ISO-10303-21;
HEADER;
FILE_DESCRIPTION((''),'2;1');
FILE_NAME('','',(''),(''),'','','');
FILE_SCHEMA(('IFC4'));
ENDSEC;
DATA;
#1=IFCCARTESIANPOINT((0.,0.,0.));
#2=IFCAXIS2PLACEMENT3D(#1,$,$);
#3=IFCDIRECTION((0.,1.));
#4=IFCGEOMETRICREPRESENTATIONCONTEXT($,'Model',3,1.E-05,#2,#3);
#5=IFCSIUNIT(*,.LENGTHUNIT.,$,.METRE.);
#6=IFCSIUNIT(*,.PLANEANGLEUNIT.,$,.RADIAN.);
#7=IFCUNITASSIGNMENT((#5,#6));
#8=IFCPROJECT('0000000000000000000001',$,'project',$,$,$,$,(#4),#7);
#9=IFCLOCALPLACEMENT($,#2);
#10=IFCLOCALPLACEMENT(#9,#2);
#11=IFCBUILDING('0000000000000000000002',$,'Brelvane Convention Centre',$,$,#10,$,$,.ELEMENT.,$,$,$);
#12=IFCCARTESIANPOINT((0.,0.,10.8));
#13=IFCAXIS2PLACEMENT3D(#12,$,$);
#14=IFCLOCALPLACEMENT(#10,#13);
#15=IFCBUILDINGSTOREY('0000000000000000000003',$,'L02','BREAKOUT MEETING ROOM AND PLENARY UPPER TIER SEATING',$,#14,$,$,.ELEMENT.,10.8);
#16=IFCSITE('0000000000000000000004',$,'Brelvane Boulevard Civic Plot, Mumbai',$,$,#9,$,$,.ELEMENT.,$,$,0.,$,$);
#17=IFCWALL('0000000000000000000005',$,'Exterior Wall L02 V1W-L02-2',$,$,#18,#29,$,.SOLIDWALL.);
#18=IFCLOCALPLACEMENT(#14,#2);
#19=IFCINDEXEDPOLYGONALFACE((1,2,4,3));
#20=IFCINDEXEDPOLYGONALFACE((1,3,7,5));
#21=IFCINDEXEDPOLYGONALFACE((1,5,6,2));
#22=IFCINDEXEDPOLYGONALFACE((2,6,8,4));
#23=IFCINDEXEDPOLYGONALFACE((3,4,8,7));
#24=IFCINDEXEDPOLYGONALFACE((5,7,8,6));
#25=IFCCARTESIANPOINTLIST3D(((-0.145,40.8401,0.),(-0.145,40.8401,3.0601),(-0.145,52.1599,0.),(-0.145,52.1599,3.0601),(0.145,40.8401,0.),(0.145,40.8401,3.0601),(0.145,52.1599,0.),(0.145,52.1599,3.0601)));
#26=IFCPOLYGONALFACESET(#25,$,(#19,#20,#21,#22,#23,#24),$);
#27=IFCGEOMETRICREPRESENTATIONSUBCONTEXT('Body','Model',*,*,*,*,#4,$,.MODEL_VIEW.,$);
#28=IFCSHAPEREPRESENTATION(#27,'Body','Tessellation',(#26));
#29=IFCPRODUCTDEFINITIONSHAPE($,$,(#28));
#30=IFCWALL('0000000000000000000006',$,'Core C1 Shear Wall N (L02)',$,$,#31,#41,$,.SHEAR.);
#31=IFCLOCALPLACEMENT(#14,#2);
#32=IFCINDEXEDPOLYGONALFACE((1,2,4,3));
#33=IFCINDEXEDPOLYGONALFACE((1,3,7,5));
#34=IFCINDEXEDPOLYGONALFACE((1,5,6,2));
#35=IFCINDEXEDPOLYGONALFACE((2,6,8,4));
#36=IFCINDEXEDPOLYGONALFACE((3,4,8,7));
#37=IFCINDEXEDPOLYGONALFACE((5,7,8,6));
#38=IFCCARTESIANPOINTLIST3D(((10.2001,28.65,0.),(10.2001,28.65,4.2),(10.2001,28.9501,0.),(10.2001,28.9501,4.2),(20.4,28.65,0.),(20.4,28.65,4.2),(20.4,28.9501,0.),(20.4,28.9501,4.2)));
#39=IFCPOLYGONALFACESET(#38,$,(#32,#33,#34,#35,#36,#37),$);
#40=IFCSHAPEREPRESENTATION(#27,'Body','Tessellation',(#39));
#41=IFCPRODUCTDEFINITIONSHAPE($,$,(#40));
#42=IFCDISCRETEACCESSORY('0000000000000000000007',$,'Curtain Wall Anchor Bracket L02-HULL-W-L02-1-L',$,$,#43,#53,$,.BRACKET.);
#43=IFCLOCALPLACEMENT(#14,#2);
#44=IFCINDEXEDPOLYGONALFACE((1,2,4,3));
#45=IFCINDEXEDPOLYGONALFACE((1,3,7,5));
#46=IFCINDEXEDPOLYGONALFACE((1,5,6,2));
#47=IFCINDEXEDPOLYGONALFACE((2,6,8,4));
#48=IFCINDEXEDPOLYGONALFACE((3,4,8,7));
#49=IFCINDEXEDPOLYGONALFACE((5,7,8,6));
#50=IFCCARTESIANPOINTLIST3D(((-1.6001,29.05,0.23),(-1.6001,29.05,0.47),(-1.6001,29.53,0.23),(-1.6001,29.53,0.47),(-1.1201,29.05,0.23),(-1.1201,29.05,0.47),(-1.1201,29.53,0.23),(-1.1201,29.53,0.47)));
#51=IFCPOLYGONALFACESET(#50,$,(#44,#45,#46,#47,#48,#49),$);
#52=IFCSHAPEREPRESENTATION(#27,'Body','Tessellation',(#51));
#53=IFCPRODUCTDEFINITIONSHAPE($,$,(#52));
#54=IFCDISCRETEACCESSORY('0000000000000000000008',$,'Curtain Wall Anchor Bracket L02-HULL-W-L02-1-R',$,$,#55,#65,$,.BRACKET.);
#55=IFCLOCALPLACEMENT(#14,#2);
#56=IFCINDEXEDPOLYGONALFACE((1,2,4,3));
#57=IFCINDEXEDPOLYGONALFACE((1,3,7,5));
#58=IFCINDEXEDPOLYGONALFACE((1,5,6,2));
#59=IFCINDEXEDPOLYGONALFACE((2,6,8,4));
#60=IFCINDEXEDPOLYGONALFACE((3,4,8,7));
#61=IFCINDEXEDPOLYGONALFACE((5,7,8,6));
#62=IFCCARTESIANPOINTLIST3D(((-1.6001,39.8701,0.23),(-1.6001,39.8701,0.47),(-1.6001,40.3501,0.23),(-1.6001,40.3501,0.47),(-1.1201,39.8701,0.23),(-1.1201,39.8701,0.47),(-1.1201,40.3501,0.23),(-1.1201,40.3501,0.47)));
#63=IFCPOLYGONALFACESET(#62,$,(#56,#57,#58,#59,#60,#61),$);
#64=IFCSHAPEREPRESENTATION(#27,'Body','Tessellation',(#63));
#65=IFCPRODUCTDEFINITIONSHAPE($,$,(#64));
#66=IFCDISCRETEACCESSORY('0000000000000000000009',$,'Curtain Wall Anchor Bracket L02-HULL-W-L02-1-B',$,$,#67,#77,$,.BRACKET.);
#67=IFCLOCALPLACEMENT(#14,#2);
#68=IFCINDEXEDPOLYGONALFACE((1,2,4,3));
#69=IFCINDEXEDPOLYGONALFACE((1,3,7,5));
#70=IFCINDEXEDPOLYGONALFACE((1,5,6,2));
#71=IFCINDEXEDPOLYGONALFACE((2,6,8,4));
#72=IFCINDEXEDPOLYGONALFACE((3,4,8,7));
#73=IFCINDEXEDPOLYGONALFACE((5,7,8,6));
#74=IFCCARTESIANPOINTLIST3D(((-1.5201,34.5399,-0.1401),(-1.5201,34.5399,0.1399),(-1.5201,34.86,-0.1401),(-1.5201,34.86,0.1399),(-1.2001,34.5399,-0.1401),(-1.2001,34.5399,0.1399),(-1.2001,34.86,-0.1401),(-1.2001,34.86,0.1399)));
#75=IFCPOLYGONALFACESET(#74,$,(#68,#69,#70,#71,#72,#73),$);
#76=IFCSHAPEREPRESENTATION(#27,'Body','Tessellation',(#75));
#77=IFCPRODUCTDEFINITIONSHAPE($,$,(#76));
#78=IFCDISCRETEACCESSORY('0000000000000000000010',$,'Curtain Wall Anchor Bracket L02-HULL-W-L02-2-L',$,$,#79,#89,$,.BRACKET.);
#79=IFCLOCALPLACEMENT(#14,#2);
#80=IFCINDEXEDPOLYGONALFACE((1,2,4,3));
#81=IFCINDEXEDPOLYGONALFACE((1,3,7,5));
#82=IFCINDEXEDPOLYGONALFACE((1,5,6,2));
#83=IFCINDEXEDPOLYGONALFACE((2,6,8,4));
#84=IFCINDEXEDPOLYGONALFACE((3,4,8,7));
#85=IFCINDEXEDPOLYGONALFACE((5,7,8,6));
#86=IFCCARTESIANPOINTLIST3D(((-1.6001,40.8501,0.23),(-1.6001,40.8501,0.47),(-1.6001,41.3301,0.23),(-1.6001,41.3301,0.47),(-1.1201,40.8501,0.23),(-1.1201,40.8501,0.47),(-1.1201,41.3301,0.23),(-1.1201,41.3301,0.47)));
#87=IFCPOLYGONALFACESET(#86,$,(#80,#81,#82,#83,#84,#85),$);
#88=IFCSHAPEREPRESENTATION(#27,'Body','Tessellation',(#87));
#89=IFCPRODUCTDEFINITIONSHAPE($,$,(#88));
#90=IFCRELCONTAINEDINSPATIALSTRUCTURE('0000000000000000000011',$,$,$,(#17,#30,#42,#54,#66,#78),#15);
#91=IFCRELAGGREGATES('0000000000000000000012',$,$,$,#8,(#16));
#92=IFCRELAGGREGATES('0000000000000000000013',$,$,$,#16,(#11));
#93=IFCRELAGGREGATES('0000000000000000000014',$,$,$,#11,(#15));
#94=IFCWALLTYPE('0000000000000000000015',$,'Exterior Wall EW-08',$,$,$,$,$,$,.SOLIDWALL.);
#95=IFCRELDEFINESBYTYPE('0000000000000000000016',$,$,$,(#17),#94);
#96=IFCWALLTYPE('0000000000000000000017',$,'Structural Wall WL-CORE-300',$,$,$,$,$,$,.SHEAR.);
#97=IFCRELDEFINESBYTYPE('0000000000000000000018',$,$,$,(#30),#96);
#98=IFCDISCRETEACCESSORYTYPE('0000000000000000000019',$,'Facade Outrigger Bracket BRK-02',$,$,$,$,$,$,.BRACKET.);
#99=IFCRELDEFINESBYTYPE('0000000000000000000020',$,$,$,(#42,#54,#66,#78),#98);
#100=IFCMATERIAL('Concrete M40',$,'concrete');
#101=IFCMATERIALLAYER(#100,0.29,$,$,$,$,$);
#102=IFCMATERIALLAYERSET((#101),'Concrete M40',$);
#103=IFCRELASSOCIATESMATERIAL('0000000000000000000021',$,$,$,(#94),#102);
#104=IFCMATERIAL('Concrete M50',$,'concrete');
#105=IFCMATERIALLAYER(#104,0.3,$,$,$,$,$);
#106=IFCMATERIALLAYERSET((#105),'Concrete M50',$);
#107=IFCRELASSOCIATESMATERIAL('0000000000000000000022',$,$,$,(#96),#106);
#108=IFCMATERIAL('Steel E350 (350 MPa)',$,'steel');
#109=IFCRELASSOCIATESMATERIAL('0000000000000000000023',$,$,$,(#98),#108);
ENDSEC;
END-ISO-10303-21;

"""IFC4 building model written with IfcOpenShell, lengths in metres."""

from ifc_helpers import new_model, si_unit, direction, frame, frame_2d, origin, origin_2d, place, context, subcontext, project, spatial, rectangle, extrude, material, layer, layer_set, type_object, element, save


model = new_model("IFC4")

# Units and contexts
model_context = context("Model", 3, precision=1e-05, world=origin(), true_north=direction((0.0, 1.0)))
body_context = subcontext(model_context, "Body", "Model", "MODEL_VIEW")
ifc_project = project(units=[si_unit("LENGTHUNIT", "METRE"), si_unit("PLANEANGLEUNIT", "RADIAN")], contexts=[model_context])

# Site, building, storey
site_placement = place(None, origin())
site = spatial("IfcSite", under=ifc_project, at=site_placement, Name="Brelvane Boulevard Civic Plot, Mumbai", CompositionType="ELEMENT", RefElevation=0.0)
building_placement = place(site_placement, origin())
building = spatial("IfcBuilding", under=site, at=building_placement, Name="Brelvane Convention Centre", CompositionType="ELEMENT")
storey_placement = place(building_placement, frame((0.0, 0.0, 10.8)))
storey = spatial("IfcBuildingStorey", under=building, at=storey_placement, Name="L02", Description="BREAKOUT MEETING ROOM AND PLENARY UPPER TIER SEATING", CompositionType="ELEMENT", Elevation=10.8)

# Walls
ifc_material_1 = material(Name="Concrete M40", Category="concrete")
ifc_layer_1 = layer(ifc_material_1, 0.29)
ifc_layer_set_1 = layer_set([ifc_layer_1], Name="Concrete M40")
wall_type_1 = type_object("IfcWallType", Name="Exterior Wall EW-08", PredefinedType="SOLIDWALL", material=ifc_layer_set_1)
wall_1_placement = place(storey_placement, frame((0.0, 40.8401, 0.0), z_axis=(0.0, 0.0, 1.0), x_axis=(0.0, 1.0, 0.0)))
element("IfcWall", 1, at=wall_1_placement, inside=storey, type_object=wall_type_1, Name="Exterior Wall L02 V1W-L02-2", PredefinedType="SOLIDWALL", context=body_context, shape_type="SweptSolid", body=[
    extrude(rectangle(XDim=11.3198, YDim=0.29, at=frame_2d((5.6599, 0.0))), origin(), (0.0, 0.0, 1.0), 3.0601),
])
ifc_material_2 = material(Name="Concrete M50", Category="concrete")
ifc_layer_2 = layer(ifc_material_2, 0.3)
ifc_layer_set_2 = layer_set([ifc_layer_2], Name="Concrete M50")
wall_type_2 = type_object("IfcWallType", Name="Structural Wall WL-CORE-300", PredefinedType="SHEAR", material=ifc_layer_set_2)
wall_2_placement = place(storey_placement, frame((10.2, 28.8, 0.0), z_axis=(0.0, 0.0, 1.0), x_axis=(1.0, 0.0, 0.0)))
element("IfcWall", 2, at=wall_2_placement, inside=storey, type_object=wall_type_2, Name="Core C1 Shear Wall N (L02)", PredefinedType="SHEAR", context=body_context, shape_type="SweptSolid", body=[
    extrude(rectangle(XDim=10.2, YDim=0.3, at=frame_2d((5.1001, 0.0))), origin(), (0.0, 0.0, 1.0), 4.2),
])

# Discrete accessories
ifc_material_3 = material(Name="Steel E350 (350 MPa)", Category="steel")
discrete_accessory_type = type_object("IfcDiscreteAccessoryType", Name="Facade Outrigger Bracket BRK-02", PredefinedType="BRACKET", material=ifc_material_3)
for number, where, z_axis, x_axis, name in (
    (3, (-1.3601, 29.29, 0.23), (0.0, 0.0, 1.0), (1.0, 0.0, 0.0), "Curtain Wall Anchor Bracket L02-HULL-W-L02-1-L"),
    (4, (-1.3601, 40.1101, 0.23), (0.0, 0.0, 1.0), (1.0, 0.0, 0.0), "Curtain Wall Anchor Bracket L02-HULL-W-L02-1-R"),
):
    element("IfcDiscreteAccessory", number, at=place(storey_placement, frame(where, z_axis=z_axis, x_axis=x_axis)), inside=storey, type_object=discrete_accessory_type, Name=name, PredefinedType="BRACKET", context=body_context, shape_type="SweptSolid", body=[
        extrude(rectangle(XDim=0.48, YDim=0.48, at=origin_2d()), origin(), (0.0, 0.0, 1.0), 0.24),
    ])
discrete_accessory_1_placement = place(storey_placement, frame((-1.3601, 34.7, -0.1401), z_axis=(0.0, 0.0, 1.0), x_axis=(1.0, 0.0, 0.0)))
element("IfcDiscreteAccessory", 5, at=discrete_accessory_1_placement, inside=storey, type_object=discrete_accessory_type, Name="Curtain Wall Anchor Bracket L02-HULL-W-L02-1-B", PredefinedType="BRACKET", context=body_context, shape_type="SweptSolid", body=[
    extrude(rectangle(XDim=0.3201, YDim=0.3201, at=origin_2d()), origin(), (0.0, 0.0, 1.0), 0.28),
])
discrete_accessory_2_placement = place(storey_placement, frame((-1.3601, 41.0901, 0.23), z_axis=(0.0, 0.0, 1.0), x_axis=(1.0, 0.0, 0.0)))
element("IfcDiscreteAccessory", 6, at=discrete_accessory_2_placement, inside=storey, type_object=discrete_accessory_type, Name="Curtain Wall Anchor Bracket L02-HULL-W-L02-2-L", PredefinedType="BRACKET", context=body_context, shape_type="SweptSolid", body=[
    extrude(rectangle(XDim=0.48, YDim=0.48, at=origin_2d()), origin(), (0.0, 0.0, 1.0), 0.24),
])

save(model, "model.ifc")
